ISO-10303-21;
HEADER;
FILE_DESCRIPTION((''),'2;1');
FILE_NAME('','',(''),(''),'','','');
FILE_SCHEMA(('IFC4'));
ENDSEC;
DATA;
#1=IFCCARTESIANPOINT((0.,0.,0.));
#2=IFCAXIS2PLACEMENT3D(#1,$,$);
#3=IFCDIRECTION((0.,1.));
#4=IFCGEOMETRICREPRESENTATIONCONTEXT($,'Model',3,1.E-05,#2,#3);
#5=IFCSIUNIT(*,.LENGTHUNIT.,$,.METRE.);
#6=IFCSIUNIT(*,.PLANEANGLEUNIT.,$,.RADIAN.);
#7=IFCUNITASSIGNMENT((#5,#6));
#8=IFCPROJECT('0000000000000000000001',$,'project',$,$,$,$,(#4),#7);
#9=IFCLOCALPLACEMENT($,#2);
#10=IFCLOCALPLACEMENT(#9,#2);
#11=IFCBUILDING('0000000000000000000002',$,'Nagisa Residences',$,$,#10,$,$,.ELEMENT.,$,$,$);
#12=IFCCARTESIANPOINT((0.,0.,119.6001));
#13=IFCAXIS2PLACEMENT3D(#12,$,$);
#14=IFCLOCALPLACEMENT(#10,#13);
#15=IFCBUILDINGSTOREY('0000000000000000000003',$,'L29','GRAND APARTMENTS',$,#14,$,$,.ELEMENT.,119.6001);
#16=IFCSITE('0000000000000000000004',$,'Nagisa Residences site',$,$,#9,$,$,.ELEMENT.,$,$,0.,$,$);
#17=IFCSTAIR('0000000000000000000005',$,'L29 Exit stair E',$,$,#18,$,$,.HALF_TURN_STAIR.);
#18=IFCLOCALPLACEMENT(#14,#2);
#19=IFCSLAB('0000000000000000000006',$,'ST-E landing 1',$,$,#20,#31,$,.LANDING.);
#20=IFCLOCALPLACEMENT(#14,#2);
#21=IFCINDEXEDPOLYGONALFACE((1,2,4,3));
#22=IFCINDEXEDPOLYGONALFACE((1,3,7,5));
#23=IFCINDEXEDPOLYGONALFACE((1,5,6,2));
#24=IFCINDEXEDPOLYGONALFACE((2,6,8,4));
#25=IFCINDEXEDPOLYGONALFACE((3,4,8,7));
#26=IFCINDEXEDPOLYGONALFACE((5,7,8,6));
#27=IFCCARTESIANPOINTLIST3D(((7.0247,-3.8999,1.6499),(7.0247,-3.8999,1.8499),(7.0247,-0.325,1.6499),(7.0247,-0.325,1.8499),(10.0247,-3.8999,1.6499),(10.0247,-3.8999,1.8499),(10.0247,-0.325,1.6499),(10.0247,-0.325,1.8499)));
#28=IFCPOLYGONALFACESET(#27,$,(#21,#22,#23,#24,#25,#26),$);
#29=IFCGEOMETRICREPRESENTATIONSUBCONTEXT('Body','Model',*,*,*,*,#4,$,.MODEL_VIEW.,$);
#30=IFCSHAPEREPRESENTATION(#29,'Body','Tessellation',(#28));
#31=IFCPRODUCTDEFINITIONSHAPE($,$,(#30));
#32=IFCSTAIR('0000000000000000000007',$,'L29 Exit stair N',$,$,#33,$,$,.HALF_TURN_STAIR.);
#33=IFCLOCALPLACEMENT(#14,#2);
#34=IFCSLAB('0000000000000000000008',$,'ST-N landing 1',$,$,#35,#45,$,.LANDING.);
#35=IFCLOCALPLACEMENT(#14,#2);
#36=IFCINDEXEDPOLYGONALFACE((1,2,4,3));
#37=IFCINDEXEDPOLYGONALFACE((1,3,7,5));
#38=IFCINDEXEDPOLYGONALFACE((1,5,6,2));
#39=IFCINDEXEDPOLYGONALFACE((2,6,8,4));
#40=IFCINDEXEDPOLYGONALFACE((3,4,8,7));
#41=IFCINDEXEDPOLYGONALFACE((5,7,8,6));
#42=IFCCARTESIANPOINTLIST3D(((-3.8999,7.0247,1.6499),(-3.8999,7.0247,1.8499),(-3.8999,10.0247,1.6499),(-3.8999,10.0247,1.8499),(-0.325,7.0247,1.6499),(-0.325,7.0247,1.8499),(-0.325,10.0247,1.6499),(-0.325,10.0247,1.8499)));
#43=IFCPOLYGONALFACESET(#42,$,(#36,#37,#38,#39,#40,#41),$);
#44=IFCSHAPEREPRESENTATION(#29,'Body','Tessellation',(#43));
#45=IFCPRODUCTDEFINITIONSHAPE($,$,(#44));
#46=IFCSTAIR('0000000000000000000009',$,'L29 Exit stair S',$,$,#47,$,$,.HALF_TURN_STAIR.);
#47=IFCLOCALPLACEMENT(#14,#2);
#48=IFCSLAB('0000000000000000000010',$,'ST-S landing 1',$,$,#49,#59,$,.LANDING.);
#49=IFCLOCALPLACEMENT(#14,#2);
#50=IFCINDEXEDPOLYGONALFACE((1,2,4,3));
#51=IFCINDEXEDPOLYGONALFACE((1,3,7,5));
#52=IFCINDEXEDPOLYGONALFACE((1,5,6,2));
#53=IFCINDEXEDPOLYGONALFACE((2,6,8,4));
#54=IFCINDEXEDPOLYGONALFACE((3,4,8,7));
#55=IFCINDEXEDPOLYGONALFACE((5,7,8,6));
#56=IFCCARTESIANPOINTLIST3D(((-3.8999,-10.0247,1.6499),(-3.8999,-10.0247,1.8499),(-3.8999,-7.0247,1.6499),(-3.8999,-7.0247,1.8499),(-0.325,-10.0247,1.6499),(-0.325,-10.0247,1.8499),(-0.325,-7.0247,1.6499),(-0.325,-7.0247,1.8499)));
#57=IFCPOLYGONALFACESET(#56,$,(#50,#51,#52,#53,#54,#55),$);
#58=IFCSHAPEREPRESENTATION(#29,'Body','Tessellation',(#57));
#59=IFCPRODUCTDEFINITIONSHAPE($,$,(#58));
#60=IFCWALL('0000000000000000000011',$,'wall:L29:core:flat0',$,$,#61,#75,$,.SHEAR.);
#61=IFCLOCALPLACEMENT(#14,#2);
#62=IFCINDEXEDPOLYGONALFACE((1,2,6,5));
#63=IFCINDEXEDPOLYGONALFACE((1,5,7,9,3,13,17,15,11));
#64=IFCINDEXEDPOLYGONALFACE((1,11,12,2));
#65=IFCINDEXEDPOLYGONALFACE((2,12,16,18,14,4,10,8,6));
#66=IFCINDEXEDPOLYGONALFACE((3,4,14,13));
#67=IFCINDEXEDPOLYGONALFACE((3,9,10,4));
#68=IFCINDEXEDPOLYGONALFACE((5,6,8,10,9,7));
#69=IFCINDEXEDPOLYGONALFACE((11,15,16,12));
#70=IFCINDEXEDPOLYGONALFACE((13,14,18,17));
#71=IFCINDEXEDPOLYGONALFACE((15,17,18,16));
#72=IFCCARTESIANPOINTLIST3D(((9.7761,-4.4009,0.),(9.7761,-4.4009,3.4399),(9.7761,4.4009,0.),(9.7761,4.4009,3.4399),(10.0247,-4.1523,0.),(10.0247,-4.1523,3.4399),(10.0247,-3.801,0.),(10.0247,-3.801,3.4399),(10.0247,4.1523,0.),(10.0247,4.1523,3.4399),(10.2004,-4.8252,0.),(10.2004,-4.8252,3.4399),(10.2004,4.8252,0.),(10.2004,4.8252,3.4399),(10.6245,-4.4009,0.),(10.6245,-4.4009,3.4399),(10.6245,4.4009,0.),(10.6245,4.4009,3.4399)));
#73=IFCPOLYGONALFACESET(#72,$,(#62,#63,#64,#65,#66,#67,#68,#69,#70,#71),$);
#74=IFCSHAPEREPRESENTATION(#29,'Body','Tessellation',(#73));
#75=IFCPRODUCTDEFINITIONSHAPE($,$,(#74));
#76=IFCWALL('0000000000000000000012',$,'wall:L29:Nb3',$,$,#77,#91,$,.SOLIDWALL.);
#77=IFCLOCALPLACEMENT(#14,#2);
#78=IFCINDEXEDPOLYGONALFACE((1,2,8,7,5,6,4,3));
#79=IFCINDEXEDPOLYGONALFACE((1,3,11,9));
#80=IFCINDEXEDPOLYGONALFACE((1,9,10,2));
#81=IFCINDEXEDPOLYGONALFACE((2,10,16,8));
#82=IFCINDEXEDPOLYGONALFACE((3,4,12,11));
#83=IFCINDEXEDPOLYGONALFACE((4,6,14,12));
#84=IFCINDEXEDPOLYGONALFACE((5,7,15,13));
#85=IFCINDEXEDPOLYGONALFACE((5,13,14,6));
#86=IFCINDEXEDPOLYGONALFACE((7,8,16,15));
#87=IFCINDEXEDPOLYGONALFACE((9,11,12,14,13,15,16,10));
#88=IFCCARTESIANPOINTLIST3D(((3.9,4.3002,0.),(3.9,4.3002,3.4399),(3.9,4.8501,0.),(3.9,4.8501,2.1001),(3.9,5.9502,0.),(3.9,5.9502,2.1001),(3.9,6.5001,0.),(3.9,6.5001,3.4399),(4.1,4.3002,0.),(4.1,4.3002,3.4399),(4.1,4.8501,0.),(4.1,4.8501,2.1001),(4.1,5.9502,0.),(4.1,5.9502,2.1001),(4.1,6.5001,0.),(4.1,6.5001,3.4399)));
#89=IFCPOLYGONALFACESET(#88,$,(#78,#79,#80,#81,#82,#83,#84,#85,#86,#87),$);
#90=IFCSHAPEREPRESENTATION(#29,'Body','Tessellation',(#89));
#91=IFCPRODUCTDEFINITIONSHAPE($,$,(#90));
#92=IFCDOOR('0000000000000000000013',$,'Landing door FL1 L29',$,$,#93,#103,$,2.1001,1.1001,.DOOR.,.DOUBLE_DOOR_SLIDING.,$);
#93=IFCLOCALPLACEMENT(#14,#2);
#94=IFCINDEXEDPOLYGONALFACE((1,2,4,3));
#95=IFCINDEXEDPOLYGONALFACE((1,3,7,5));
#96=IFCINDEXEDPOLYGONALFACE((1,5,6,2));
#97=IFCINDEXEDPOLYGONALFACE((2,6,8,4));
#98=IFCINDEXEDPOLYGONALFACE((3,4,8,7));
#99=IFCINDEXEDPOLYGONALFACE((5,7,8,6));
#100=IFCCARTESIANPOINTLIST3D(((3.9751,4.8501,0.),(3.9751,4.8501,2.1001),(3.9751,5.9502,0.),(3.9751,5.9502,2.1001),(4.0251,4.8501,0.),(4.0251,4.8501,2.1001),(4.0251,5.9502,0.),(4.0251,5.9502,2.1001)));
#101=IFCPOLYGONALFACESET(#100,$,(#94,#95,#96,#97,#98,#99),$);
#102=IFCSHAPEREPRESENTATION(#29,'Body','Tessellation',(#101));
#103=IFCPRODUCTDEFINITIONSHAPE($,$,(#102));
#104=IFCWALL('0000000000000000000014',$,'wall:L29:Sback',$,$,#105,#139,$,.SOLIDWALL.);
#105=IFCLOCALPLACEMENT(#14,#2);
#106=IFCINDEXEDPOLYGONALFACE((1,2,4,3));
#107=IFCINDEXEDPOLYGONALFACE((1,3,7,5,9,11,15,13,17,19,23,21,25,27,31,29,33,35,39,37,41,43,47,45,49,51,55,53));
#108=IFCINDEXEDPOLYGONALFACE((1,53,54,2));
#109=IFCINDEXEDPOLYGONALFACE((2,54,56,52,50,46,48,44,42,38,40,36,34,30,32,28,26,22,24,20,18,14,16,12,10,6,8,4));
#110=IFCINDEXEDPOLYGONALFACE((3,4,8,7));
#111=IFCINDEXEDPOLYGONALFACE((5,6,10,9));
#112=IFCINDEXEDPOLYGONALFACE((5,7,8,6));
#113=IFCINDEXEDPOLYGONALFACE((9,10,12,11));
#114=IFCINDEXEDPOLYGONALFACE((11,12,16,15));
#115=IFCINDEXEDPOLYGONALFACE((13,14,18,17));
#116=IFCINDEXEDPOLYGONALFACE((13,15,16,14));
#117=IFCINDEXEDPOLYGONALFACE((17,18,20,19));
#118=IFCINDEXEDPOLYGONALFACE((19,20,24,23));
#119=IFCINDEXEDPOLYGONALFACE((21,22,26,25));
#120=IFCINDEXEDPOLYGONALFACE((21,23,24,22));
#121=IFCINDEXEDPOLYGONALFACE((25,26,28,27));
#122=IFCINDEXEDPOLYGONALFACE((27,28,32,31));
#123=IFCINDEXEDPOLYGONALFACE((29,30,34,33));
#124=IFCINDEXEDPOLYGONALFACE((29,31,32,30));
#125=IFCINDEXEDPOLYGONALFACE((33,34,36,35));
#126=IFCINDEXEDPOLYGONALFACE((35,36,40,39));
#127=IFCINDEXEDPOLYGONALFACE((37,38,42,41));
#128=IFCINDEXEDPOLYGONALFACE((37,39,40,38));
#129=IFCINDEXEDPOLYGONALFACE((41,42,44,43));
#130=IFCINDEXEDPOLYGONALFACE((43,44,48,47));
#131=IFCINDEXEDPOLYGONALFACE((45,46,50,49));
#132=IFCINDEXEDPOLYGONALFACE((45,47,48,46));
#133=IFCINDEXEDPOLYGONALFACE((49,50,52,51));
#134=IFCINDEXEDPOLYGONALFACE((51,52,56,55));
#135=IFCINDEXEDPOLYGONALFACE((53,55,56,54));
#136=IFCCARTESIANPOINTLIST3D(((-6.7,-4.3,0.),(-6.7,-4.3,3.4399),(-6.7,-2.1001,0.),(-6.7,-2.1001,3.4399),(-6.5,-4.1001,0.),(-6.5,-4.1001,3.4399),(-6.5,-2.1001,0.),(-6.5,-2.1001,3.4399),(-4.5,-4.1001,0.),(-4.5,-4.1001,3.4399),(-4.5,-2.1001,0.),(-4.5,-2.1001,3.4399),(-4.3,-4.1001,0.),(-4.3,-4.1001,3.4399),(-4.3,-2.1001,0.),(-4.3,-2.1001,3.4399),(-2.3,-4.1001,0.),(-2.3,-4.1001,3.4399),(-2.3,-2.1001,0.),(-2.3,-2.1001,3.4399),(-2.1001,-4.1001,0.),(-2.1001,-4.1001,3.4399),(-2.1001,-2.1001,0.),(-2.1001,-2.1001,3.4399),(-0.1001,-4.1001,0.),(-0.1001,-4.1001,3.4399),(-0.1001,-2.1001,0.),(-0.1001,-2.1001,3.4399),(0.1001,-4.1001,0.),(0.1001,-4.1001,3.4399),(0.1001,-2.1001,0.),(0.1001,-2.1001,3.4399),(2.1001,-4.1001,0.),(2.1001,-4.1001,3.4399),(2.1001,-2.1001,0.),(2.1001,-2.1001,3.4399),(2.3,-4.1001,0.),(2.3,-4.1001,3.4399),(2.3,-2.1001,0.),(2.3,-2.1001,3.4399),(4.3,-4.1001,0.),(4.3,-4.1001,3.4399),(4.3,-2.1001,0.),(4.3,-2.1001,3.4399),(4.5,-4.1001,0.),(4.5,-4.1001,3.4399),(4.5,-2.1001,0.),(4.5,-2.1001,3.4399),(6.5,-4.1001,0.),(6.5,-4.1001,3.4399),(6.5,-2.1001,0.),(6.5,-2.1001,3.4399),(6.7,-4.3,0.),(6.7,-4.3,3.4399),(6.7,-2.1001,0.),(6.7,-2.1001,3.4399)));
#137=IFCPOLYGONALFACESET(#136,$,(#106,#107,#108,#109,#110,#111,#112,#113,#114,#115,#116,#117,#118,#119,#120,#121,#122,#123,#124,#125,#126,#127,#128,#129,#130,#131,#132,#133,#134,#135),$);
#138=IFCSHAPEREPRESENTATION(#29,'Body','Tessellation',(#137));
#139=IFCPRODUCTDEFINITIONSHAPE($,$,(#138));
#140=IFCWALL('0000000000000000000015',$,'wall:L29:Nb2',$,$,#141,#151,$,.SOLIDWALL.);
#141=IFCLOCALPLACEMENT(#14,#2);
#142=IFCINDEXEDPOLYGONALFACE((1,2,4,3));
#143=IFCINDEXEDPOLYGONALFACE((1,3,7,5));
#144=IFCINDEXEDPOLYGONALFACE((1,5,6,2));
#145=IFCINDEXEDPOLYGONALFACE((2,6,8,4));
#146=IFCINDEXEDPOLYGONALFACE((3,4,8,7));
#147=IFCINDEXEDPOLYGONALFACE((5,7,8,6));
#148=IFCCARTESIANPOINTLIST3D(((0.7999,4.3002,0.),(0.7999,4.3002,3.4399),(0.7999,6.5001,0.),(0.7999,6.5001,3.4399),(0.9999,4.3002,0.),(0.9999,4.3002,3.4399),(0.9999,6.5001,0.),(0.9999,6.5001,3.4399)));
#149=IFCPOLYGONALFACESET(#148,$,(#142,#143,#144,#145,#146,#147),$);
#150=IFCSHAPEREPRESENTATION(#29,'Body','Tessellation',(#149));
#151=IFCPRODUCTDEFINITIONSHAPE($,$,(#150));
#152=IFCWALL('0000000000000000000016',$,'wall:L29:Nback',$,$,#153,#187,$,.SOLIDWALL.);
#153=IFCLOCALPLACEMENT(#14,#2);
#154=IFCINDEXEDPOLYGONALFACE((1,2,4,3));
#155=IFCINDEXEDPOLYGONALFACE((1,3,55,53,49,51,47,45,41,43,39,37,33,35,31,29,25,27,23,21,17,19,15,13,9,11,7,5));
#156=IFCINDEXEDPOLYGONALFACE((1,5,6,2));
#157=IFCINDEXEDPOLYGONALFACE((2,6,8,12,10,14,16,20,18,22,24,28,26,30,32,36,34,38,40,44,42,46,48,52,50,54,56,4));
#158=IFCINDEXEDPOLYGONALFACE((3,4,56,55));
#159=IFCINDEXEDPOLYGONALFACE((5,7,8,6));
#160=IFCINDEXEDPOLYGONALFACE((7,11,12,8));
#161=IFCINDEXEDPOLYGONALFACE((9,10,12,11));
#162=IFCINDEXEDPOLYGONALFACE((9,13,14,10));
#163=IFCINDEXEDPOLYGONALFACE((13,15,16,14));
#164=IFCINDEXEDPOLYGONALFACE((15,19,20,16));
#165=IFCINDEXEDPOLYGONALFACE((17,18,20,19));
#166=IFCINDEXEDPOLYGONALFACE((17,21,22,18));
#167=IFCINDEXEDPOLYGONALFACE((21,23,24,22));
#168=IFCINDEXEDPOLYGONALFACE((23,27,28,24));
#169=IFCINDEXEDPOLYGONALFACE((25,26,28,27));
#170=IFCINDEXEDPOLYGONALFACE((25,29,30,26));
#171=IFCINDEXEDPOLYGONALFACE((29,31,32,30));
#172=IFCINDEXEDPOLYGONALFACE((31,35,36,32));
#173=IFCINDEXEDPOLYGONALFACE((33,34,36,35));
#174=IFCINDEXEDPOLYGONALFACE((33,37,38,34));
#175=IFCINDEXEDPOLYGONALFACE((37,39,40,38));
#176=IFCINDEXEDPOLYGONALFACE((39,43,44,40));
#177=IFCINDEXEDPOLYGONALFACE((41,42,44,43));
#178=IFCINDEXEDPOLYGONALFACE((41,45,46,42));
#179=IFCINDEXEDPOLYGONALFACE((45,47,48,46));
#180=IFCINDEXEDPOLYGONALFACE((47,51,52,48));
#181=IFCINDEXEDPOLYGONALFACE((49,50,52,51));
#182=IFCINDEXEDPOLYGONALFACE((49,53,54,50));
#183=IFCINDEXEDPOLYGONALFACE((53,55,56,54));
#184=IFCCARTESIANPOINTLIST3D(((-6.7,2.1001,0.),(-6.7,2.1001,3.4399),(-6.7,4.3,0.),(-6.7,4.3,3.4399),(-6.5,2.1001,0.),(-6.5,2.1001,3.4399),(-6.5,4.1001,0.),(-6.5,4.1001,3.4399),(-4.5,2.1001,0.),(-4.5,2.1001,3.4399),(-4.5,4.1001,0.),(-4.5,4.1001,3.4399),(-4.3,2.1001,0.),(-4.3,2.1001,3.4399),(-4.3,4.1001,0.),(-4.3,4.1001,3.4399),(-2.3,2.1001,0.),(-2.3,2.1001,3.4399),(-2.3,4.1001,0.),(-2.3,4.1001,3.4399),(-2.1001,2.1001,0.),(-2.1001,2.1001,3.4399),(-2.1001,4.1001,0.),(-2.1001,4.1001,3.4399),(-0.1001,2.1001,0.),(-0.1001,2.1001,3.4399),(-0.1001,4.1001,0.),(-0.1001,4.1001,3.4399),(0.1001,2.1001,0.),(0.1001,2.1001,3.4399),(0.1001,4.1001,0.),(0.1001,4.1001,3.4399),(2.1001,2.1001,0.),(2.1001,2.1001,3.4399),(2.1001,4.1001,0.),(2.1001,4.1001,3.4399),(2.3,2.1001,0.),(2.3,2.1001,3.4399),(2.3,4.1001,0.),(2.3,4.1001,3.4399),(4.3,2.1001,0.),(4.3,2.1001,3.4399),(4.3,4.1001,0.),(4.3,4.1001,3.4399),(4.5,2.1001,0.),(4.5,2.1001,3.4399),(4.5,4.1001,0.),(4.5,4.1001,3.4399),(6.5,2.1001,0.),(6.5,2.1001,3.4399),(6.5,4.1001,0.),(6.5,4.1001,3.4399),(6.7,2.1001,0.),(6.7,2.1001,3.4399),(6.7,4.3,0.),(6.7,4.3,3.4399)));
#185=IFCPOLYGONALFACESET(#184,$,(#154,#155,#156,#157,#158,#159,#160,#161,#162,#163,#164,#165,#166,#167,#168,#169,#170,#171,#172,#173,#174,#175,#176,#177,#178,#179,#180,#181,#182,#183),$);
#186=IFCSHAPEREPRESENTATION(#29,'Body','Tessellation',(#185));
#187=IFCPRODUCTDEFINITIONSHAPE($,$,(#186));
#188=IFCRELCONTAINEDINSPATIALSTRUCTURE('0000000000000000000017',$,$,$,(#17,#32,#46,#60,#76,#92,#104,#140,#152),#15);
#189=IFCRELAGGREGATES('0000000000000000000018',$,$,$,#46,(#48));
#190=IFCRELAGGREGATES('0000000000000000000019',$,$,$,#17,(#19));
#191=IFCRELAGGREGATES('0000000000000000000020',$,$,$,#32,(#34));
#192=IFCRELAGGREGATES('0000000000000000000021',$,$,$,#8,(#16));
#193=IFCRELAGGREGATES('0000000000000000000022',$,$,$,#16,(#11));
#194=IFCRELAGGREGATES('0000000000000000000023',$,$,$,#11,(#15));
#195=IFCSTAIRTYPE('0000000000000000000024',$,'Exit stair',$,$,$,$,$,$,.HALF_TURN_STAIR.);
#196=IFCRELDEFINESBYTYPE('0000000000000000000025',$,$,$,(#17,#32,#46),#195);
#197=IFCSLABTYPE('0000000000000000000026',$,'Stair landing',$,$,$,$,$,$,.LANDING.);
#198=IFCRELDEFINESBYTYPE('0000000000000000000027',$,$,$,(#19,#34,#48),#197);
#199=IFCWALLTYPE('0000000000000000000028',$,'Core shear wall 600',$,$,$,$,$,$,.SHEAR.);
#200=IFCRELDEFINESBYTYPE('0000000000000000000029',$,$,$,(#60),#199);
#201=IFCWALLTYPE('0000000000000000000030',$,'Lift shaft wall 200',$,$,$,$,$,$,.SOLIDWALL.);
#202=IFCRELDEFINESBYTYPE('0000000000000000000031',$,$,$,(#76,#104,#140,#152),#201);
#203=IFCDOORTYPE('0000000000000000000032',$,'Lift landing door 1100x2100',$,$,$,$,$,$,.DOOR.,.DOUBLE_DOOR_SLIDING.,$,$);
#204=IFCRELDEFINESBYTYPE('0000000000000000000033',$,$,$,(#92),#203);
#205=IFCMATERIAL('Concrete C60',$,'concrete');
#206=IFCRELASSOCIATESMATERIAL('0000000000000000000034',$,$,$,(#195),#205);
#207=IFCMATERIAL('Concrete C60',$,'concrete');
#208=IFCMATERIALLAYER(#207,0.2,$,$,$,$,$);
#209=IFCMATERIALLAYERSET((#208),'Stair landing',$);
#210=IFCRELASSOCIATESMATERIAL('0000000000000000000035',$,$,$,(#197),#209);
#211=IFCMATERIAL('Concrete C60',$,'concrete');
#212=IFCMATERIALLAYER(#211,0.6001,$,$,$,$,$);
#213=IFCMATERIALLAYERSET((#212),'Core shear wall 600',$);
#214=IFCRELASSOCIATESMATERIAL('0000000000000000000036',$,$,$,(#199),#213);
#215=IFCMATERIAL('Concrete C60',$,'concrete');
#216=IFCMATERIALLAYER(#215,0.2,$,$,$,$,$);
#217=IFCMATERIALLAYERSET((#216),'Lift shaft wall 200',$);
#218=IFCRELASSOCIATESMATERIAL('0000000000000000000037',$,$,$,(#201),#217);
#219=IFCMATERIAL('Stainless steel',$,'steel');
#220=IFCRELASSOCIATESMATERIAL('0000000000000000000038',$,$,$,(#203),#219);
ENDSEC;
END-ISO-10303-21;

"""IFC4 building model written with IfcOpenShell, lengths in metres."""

from ifc_helpers import new_model, si_unit, direction, frame, frame_2d, origin, place, context, subcontext, project, spatial, polyline, rectangle, outline, extrude, material, layer, layer_set, type_object, element, fill, aggregate, save


model = new_model("IFC4")

# Units and contexts
model_context = context("Model", 3, precision=1e-05, world=origin(), true_north=direction((0.0, 1.0)))
body_context = subcontext(model_context, "Body", "Model", "MODEL_VIEW")
ifc_project = project(units=[si_unit("LENGTHUNIT", "METRE"), si_unit("PLANEANGLEUNIT", "RADIAN")], contexts=[model_context])

# Site, building, storey
site_placement = place(None, origin())
site = spatial("IfcSite", under=ifc_project, at=site_placement, Name="Nagisa Residences site", CompositionType="ELEMENT", RefElevation=0.0)
building_placement = place(site_placement, origin())
building = spatial("IfcBuilding", under=site, at=building_placement, Name="Nagisa Residences", CompositionType="ELEMENT")
storey_placement = place(building_placement, frame((0.0, 0.0, 119.6001)))
storey = spatial("IfcBuildingStorey", under=building, at=storey_placement, Name="L29", Description="GRAND APARTMENTS", CompositionType="ELEMENT", Elevation=119.6001)

# Stairs, slabs
ifc_material_1 = material(Name="Concrete C60", Category="concrete")
stair_type = type_object("IfcStairType", Name="Exit stair", PredefinedType="HALF_TURN_STAIR", material=ifc_material_1)
stair_1_placement = place(storey_placement, origin())
stair_1 = element("IfcStair", 1, at=stair_1_placement, inside=storey, type_object=stair_type, Name="L29 Exit stair E", PredefinedType="HALF_TURN_STAIR")
ifc_material_2 = material(Name="Concrete C60", Category="concrete")
ifc_layer_1 = layer(ifc_material_2, 0.2)
ifc_layer_set_1 = layer_set([ifc_layer_1], Name="Stair landing")
slab_type = type_object("IfcSlabType", Name="Stair landing", PredefinedType="LANDING", material=ifc_layer_set_1)
slab_1_placement = place(storey_placement, frame((0.0, 0.0, 1.6499)))
slab_1 = element("IfcSlab", 2, at=slab_1_placement, type_object=slab_type, Name="ST-E landing 1", PredefinedType="LANDING", context=body_context, shape_type="SweptSolid", body=[
    extrude(outline(polyline([(7.0247, -0.325), (7.0247, -3.8999), (10.0247, -3.8999), (10.0247, -0.325), (7.0247, -0.325)])), origin(), (0.0, 0.0, 1.0), 0.2),
])
stair_2_placement = place(storey_placement, origin())
stair_2 = element("IfcStair", 3, at=stair_2_placement, inside=storey, type_object=stair_type, Name="L29 Exit stair N", PredefinedType="HALF_TURN_STAIR")
slab_2_placement = place(storey_placement, frame((0.0, 0.0, 1.6499)))
slab_2 = element("IfcSlab", 4, at=slab_2_placement, type_object=slab_type, Name="ST-N landing 1", PredefinedType="LANDING", context=body_context, shape_type="SweptSolid", body=[
    extrude(outline(polyline([(-0.325, 10.0247), (-3.8999, 10.0247), (-3.8999, 7.0247), (-0.325, 7.0247), (-0.325, 10.0247)])), origin(), (0.0, 0.0, 1.0), 0.2),
])
stair_3_placement = place(storey_placement, origin())
stair_3 = element("IfcStair", 5, at=stair_3_placement, inside=storey, type_object=stair_type, Name="L29 Exit stair S", PredefinedType="HALF_TURN_STAIR")
slab_3_placement = place(storey_placement, frame((0.0, 0.0, 1.6499)))
slab_3 = element("IfcSlab", 6, at=slab_3_placement, type_object=slab_type, Name="ST-S landing 1", PredefinedType="LANDING", context=body_context, shape_type="SweptSolid", body=[
    extrude(outline(polyline([(-0.325, -7.0247), (-3.8999, -7.0247), (-3.8999, -10.0247), (-0.325, -10.0247), (-0.325, -7.0247)])), origin(), (0.0, 0.0, 1.0), 0.2),
])
aggregate(stair_3, [slab_3])

# Wall
ifc_material_3 = material(Name="Concrete C60", Category="concrete")
ifc_layer_2 = layer(ifc_material_3, 0.6001)
ifc_layer_set_2 = layer_set([ifc_layer_2], Name="Core shear wall 600")
wall_type_1 = type_object("IfcWallType", Name="Core shear wall 600", PredefinedType="SHEAR", material=ifc_layer_set_2)
wall_1_placement = place(storey_placement, origin())
element("IfcWall", 7, at=wall_1_placement, inside=storey, type_object=wall_type_1, Name="wall:L29:core:flat0", PredefinedType="SHEAR", context=body_context, shape_type="SweptSolid", body=[
    extrude(outline(polyline([(9.7761, -4.4009), (10.0247, -4.1523), (10.0247, -3.801), (10.0247, 4.1523), (9.7761, 4.4009), (10.2004, 4.8252), (10.6245, 4.4009), (10.6245, -4.4009), (10.2004, -4.8252), (9.7761, -4.4009)])), origin(), (0.0, 0.0, 1.0), 3.4399),
])

# Wall, opening, door
ifc_material_4 = material(Name="Concrete C60", Category="concrete")
ifc_layer_3 = layer(ifc_material_4, 0.2)
ifc_layer_set_3 = layer_set([ifc_layer_3], Name="Lift shaft wall 200")
wall_type_2 = type_object("IfcWallType", Name="Lift shaft wall 200", PredefinedType="SOLIDWALL", material=ifc_layer_set_3)
wall_2_placement = place(storey_placement, frame((4.0, 4.3, 0.0), z_axis=(0.0, 0.0, 1.0), x_axis=(0.0, 1.0, 0.0)))
wall_2 = element("IfcWall", 8, at=wall_2_placement, inside=storey, type_object=wall_type_2, Name="wall:L29:Nb3", PredefinedType="SOLIDWALL", context=body_context, shape_type="SweptSolid", body=[
    extrude(rectangle(XDim=2.2, YDim=0.2, at=frame_2d((1.1001, 0.0))), origin(), (0.0, 0.0, 1.0), 3.4399),
])
opening_1_placement = place(wall_2_placement, frame((0.55, 0.0, 0.0)))
opening_1 = element("IfcOpeningElement", 9, at=opening_1_placement, cuts=wall_2, PredefinedType="OPENING", context=body_context, shape_type="SweptSolid", body=[
    extrude(rectangle(XDim=1.1001, YDim=2.1001, at=frame_2d((0.55, 1.05))), frame((0.0, 0.1099, 0.0), z_axis=(0.0, -1.0, 0.0), x_axis=(1.0, 0.0, 0.0)), (0.0, 0.0, 1.0), 0.22),
])
ifc_material_5 = material(Name="Stainless steel", Category="steel")
door_type_1 = type_object("IfcDoorType", Name="Lift landing door 1100x2100", OperationType="DOUBLE_DOOR_SLIDING", PredefinedType="DOOR", material=ifc_material_5)
door_1_placement = place(opening_1_placement, origin())
door_1 = element("IfcDoor", 10, at=door_1_placement, inside=storey, type_object=door_type_1, Name="Landing door FL1 L29", OperationType="DOUBLE_DOOR_SLIDING", OverallHeight=2.1001, OverallWidth=1.1001, PredefinedType="DOOR", context=body_context, shape_type="SweptSolid", body=[
    extrude(rectangle(XDim=1.1001, YDim=2.1001, at=frame_2d((0.55, 1.05))), frame((0.0, 0.0249, 0.0), z_axis=(0.0, -1.0, 0.0), x_axis=(1.0, 0.0, 0.0)), (0.0, 0.0, 1.0), 0.05),
])
fill(opening_1, door_1)

# Walls
wall_3_placement = place(storey_placement, origin())
element("IfcWall", 11, at=wall_3_placement, inside=storey, type_object=wall_type_2, Name="wall:L29:Sback", PredefinedType="SOLIDWALL", context=body_context, shape_type="SweptSolid", body=[
    extrude(outline(polyline([(-6.7, -2.1001), (-6.5, -2.1001), (-6.5, -4.1001), (-4.5, -4.1001), (-4.5, -2.1001), (-4.3, -2.1001), (-4.3, -4.1001), (-2.3, -4.1001), (-2.3, -2.1001), (-2.1001, -2.1001), (-2.1001, -4.1001), (-0.1001, -4.1001), (-0.1001, -2.1001), (0.1001, -2.1001), (0.1001, -4.1001), (2.1001, -4.1001), (2.1001, -2.1001), (2.3, -2.1001), (2.3, -4.1001), (4.3, -4.1001), (4.3, -2.1001), (4.5, -2.1001), (4.5, -4.1001), (6.5, -4.1001), (6.5, -2.1001), (6.7, -2.1001), (6.7, -4.3), (-6.7, -4.3), (-6.7, -2.1001)])), origin(), (0.0, 0.0, 1.0), 3.4399),
])
wall_4_placement = place(storey_placement, frame((0.8999, 4.3, 0.0), z_axis=(0.0, 0.0, 1.0), x_axis=(0.0, 1.0, 0.0)))
element("IfcWall", 12, at=wall_4_placement, inside=storey, type_object=wall_type_2, Name="wall:L29:Nb2", PredefinedType="SOLIDWALL", context=body_context, shape_type="SweptSolid", body=[
    extrude(rectangle(XDim=2.2, YDim=0.2, at=frame_2d((1.1001, 0.0))), origin(), (0.0, 0.0, 1.0), 3.4399),
])
wall_5_placement = place(storey_placement, origin())
element("IfcWall", 13, at=wall_5_placement, inside=storey, type_object=wall_type_2, Name="wall:L29:Nback", PredefinedType="SOLIDWALL", context=body_context, shape_type="SweptSolid", body=[
    extrude(outline(polyline([(-6.5, 2.1001), (-6.7, 2.1001), (-6.7, 4.3), (6.7, 4.3), (6.7, 2.1001), (6.5, 2.1001), (6.5, 4.1001), (4.5, 4.1001), (4.5, 2.1001), (4.3, 2.1001), (4.3, 4.1001), (2.3, 4.1001), (2.3, 2.1001), (2.1001, 2.1001), (2.1001, 4.1001), (0.1001, 4.1001), (0.1001, 2.1001), (-0.1001, 2.1001), (-0.1001, 4.1001), (-2.1001, 4.1001), (-2.1001, 2.1001), (-2.3, 2.1001), (-2.3, 4.1001), (-4.3, 4.1001), (-4.3, 2.1001), (-4.5, 2.1001), (-4.5, 4.1001), (-6.5, 4.1001), (-6.5, 2.1001)])), origin(), (0.0, 0.0, 1.0), 3.4399),
])

aggregate(stair_1, [slab_1])
aggregate(stair_2, [slab_2])

save(model, "model.ifc")
